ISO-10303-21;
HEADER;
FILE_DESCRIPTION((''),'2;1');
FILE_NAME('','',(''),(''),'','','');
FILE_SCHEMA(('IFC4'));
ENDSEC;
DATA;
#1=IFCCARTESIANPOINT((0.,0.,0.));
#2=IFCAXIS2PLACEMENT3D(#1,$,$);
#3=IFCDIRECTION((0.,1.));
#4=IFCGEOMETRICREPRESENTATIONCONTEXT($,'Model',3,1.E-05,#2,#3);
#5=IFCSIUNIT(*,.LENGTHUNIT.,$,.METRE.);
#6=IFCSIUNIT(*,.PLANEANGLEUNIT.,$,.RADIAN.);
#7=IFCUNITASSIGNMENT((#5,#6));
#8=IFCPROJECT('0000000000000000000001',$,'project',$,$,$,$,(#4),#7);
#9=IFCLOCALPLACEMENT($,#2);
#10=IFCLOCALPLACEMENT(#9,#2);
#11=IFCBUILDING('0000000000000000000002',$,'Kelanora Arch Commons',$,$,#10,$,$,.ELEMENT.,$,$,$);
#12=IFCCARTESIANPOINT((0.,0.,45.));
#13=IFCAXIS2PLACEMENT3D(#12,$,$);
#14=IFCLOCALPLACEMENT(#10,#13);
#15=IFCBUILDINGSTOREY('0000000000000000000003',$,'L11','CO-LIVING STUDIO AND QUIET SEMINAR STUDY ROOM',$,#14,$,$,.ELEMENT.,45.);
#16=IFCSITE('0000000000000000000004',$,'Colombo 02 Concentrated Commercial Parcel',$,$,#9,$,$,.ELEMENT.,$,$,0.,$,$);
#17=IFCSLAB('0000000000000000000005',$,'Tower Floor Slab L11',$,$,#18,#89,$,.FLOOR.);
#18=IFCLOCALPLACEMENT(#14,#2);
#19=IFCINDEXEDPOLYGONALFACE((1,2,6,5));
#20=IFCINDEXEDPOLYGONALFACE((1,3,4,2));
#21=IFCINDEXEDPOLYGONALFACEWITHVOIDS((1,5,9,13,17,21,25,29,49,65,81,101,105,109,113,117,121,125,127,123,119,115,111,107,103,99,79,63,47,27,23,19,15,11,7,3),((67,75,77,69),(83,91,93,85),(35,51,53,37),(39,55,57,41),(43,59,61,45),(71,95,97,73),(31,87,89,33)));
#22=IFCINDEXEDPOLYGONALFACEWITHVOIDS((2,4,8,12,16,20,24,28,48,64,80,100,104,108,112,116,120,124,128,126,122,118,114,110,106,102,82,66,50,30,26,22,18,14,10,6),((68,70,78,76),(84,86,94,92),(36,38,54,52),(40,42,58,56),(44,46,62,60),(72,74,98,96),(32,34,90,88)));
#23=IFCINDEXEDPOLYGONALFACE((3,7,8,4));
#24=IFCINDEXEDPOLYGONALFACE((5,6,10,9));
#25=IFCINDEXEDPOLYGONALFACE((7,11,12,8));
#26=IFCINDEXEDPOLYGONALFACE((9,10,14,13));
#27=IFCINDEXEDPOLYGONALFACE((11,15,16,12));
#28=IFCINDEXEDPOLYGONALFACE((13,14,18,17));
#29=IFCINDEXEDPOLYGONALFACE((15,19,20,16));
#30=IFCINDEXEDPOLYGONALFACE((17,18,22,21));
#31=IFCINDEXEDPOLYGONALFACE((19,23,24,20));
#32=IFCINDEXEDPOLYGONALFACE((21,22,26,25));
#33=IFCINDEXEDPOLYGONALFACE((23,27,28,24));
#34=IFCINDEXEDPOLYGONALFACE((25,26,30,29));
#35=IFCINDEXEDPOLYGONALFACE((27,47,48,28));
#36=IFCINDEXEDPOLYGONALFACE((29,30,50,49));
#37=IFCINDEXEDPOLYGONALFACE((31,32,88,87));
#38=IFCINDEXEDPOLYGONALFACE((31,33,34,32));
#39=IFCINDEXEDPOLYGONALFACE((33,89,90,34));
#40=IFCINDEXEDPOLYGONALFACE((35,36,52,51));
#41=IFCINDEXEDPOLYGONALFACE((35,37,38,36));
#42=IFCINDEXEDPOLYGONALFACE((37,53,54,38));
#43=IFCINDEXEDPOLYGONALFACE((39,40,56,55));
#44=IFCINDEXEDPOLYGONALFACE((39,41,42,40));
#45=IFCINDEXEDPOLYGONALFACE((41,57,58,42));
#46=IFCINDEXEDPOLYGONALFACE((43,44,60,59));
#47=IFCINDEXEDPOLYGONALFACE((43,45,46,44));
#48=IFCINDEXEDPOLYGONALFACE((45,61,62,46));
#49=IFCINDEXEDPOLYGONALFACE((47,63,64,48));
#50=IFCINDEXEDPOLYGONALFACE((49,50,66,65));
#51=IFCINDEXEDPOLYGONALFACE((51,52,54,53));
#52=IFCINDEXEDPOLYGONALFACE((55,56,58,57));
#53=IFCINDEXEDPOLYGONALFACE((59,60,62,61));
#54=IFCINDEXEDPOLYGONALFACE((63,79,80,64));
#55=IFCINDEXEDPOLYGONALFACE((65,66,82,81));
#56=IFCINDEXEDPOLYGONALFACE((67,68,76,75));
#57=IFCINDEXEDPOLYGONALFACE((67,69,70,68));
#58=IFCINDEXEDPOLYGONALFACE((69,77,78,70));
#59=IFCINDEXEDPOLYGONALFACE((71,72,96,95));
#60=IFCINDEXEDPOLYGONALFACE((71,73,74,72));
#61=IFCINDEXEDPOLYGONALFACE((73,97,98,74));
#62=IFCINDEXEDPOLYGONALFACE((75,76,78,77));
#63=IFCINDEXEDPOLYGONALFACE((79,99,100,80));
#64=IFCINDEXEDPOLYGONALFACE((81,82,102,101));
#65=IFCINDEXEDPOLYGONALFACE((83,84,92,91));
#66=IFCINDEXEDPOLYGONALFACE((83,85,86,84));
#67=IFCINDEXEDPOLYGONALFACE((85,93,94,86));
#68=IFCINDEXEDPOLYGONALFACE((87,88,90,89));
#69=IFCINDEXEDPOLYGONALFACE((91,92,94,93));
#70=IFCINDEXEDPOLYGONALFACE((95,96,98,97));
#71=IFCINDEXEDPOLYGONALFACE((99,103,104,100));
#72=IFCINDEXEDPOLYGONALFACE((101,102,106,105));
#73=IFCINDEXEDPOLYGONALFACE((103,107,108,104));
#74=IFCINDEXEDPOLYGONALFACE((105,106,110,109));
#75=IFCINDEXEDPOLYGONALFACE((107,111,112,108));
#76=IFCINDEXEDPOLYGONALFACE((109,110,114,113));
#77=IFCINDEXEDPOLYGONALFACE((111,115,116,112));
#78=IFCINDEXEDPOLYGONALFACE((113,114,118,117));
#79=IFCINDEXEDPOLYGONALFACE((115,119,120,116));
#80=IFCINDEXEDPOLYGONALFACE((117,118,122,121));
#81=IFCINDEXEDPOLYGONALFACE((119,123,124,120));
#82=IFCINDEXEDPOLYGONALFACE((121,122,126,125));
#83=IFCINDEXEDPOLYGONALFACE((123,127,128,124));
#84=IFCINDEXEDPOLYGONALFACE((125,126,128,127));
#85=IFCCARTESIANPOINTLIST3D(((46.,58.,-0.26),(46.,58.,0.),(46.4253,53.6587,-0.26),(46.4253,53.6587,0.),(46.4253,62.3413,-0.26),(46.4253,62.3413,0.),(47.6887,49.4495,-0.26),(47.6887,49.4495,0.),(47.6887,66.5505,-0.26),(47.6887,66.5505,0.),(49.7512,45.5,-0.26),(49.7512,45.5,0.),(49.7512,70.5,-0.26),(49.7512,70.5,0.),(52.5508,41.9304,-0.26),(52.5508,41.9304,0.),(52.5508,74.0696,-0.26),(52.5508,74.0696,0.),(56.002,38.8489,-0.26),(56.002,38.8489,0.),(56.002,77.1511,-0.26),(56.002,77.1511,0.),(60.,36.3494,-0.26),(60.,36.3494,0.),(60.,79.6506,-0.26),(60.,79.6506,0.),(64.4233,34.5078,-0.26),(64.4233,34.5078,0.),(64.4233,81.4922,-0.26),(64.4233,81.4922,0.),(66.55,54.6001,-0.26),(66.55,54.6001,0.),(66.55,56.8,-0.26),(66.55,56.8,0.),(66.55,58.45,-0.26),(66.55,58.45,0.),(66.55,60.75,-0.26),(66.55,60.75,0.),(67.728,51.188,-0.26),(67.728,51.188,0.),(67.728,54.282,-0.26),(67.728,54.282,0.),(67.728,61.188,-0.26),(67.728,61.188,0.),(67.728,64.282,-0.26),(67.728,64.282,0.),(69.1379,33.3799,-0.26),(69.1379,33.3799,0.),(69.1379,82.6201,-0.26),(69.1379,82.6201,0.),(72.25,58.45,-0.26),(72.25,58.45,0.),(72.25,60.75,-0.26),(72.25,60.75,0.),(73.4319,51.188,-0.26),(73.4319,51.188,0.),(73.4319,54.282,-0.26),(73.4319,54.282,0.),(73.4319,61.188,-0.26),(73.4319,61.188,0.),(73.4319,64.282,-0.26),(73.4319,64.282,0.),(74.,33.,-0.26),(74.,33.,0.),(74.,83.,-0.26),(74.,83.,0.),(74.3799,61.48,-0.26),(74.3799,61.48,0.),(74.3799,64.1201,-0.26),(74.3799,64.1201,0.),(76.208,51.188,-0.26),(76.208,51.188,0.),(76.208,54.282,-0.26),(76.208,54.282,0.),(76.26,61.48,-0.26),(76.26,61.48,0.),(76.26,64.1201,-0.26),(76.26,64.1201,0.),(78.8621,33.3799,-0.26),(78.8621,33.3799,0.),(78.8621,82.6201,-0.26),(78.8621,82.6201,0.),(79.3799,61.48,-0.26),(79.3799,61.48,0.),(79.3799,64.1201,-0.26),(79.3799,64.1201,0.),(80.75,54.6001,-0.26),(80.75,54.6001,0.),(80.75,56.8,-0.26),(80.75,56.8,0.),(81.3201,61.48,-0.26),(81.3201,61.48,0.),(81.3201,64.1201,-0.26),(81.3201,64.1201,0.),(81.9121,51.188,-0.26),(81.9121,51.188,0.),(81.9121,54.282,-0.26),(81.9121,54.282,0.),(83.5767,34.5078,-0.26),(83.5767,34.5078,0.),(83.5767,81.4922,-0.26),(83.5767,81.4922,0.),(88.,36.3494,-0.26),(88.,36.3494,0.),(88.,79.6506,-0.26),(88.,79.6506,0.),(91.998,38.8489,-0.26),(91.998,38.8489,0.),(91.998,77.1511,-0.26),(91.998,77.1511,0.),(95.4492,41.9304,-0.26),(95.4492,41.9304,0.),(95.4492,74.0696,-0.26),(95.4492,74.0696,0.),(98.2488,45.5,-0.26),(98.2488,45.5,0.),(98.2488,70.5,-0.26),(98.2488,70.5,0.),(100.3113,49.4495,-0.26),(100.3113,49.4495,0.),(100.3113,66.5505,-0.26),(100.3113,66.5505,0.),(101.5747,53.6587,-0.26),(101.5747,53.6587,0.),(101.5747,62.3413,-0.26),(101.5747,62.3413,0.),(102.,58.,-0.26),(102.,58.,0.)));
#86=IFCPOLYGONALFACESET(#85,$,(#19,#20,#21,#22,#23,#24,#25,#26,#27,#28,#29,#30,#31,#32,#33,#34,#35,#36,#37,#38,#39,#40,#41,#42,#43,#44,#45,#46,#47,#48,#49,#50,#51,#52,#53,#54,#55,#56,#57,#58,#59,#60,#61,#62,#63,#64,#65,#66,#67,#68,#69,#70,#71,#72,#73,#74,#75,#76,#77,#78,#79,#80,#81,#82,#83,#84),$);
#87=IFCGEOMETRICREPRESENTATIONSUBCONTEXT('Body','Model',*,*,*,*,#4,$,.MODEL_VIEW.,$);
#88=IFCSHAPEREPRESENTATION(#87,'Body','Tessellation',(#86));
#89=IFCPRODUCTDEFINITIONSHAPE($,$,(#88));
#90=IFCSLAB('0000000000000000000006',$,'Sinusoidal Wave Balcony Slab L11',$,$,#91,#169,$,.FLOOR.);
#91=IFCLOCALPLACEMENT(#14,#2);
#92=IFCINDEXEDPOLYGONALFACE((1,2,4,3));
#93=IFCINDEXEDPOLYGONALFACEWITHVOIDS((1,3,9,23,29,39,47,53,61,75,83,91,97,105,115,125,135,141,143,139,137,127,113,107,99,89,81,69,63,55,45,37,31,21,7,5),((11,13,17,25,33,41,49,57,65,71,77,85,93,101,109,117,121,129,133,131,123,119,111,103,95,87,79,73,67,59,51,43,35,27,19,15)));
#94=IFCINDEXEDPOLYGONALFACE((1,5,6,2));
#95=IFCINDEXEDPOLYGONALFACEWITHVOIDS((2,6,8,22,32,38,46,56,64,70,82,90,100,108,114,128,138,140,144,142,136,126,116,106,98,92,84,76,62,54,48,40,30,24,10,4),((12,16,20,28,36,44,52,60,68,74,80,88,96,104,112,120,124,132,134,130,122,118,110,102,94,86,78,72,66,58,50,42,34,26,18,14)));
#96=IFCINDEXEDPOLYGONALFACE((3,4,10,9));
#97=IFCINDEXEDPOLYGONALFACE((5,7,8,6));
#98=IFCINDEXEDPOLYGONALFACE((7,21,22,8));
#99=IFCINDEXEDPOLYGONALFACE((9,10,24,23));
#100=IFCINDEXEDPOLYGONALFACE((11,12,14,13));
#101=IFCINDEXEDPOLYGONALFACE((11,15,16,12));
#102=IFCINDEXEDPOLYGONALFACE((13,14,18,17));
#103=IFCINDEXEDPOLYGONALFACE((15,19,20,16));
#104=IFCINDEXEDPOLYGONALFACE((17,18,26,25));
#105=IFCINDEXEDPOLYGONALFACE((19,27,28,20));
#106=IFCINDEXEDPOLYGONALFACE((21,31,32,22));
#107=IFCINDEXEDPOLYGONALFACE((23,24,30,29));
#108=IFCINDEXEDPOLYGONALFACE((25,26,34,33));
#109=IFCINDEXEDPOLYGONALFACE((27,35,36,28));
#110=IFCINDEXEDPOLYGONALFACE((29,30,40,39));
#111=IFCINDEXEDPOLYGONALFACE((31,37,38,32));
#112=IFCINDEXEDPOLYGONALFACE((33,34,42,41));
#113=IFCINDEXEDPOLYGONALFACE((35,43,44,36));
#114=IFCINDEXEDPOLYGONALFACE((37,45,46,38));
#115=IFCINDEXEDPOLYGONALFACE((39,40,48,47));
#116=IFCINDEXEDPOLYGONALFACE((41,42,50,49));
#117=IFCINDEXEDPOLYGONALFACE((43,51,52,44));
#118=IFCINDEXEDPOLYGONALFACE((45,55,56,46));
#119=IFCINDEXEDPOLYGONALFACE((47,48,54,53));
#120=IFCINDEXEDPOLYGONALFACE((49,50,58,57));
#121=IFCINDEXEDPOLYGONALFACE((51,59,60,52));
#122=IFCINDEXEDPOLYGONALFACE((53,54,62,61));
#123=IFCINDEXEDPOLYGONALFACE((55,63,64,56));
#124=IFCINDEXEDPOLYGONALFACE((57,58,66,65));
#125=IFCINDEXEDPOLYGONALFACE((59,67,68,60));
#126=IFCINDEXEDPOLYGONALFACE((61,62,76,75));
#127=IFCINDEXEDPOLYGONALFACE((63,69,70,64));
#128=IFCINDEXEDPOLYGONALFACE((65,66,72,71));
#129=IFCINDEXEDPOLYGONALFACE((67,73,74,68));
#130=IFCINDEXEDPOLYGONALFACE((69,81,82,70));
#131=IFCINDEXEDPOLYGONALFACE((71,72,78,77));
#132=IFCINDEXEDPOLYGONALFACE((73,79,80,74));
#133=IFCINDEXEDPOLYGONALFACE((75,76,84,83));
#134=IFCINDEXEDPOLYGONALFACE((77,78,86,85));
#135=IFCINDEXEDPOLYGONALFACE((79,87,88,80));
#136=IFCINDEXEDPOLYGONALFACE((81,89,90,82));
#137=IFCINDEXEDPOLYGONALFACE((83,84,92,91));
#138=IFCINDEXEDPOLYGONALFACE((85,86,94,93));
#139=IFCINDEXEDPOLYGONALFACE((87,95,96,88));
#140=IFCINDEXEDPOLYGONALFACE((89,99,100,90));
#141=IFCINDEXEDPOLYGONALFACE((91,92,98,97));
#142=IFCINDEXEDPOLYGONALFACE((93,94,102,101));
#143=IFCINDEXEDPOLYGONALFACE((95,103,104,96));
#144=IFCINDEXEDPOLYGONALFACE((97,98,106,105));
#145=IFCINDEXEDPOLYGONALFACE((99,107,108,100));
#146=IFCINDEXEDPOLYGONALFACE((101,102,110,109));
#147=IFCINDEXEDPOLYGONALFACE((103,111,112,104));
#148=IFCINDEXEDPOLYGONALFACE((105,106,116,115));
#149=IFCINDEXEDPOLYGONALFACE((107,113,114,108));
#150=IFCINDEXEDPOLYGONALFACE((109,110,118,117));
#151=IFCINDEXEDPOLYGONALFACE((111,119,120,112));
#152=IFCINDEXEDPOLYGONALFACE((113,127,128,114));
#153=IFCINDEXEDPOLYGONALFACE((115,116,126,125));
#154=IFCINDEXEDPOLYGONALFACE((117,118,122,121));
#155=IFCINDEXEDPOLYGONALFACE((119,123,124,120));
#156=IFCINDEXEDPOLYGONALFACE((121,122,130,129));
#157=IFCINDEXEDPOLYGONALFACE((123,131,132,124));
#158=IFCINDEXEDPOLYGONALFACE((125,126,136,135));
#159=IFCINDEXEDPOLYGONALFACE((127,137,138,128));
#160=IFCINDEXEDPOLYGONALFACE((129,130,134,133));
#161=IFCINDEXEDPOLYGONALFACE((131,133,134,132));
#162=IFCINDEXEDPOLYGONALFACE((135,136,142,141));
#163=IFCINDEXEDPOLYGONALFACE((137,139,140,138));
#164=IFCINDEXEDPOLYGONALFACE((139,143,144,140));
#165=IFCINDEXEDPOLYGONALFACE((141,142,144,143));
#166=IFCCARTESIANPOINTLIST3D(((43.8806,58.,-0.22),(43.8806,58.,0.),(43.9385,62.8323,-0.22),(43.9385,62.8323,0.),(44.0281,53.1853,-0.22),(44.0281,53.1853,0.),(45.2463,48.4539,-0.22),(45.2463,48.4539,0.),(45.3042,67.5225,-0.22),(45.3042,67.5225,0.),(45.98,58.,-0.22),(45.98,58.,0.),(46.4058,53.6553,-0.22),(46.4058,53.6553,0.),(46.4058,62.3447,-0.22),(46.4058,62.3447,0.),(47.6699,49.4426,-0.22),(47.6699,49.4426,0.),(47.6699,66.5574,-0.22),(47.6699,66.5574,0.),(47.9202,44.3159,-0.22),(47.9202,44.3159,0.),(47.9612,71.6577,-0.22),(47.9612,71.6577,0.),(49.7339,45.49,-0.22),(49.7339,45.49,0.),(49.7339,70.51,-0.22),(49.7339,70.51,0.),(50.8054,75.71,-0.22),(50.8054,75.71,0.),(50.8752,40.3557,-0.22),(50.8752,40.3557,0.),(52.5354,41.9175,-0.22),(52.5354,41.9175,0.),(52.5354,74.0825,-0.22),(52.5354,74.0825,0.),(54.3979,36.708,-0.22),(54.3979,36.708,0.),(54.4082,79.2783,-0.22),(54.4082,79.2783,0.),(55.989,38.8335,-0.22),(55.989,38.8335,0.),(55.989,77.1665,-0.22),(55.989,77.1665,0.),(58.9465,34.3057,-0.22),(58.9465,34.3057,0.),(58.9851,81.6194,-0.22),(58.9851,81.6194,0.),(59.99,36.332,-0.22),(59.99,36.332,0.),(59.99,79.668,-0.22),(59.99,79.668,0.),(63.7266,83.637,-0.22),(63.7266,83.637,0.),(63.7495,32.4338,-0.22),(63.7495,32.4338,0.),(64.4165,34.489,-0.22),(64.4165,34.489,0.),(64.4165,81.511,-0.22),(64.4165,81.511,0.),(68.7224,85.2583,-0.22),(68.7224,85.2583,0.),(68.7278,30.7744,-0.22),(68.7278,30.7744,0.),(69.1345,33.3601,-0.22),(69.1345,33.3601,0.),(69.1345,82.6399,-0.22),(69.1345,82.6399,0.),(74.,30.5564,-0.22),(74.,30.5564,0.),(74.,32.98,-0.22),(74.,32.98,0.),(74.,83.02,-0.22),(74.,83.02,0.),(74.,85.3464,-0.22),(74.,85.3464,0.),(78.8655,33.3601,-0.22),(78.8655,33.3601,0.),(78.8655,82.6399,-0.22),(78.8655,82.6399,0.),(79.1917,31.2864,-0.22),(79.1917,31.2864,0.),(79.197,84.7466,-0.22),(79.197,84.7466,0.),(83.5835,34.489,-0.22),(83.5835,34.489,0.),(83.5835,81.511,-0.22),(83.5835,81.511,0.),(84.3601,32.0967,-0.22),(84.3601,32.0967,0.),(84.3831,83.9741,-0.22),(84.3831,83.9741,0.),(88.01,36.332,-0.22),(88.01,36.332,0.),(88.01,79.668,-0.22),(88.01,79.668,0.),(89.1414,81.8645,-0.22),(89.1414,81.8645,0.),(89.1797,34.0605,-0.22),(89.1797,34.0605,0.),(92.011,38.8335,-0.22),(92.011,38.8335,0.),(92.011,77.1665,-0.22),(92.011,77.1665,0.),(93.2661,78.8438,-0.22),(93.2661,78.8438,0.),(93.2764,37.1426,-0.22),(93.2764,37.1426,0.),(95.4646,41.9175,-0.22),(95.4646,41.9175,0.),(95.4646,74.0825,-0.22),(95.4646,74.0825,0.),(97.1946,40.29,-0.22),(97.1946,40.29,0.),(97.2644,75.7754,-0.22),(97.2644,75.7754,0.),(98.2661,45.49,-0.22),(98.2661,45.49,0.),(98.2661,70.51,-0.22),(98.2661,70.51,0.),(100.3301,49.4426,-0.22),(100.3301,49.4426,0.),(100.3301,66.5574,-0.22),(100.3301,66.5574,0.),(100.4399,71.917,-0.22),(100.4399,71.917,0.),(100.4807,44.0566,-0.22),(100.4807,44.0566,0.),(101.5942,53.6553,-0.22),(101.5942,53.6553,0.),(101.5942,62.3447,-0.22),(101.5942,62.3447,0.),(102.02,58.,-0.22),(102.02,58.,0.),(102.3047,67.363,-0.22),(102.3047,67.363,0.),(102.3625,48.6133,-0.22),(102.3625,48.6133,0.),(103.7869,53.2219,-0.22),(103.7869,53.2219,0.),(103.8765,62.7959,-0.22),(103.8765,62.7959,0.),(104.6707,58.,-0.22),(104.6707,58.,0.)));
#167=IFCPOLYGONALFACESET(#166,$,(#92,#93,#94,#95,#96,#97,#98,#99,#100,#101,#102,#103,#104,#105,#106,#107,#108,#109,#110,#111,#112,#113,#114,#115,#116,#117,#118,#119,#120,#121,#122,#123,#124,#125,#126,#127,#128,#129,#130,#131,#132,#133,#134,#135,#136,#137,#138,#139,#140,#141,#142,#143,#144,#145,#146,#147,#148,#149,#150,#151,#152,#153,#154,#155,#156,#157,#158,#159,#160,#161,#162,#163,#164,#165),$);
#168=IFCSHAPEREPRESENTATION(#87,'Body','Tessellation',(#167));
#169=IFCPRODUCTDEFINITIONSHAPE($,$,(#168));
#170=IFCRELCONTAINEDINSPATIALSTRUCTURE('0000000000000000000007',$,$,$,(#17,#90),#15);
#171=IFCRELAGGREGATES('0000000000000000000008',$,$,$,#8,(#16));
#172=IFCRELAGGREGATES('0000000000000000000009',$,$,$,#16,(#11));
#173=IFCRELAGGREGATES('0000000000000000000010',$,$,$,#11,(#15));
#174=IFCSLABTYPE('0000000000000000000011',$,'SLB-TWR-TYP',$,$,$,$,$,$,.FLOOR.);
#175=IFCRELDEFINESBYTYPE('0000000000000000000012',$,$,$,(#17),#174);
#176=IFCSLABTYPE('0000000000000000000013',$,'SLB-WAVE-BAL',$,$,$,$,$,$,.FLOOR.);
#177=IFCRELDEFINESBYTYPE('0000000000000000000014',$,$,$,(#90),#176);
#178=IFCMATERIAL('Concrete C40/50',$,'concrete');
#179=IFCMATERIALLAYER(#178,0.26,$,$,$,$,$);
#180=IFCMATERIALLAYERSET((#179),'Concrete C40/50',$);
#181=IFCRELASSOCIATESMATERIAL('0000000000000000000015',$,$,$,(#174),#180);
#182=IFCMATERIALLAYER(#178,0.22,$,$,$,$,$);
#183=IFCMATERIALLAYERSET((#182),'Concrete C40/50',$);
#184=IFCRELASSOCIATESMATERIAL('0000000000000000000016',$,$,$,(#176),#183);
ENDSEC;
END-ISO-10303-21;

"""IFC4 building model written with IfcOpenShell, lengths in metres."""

from ifc_helpers import new_model, si_unit, direction, frame, origin, place, context, subcontext, project, spatial, polyline, outline, extrude, material, layer, layer_set, type_object, element, save


model = new_model("IFC4")

# Units and contexts
model_context = context("Model", 3, precision=1e-05, world=origin(), true_north=direction((0.0, 1.0)))
body_context = subcontext(model_context, "Body", "Model", "MODEL_VIEW")
ifc_project = project(units=[si_unit("LENGTHUNIT", "METRE"), si_unit("PLANEANGLEUNIT", "RADIAN")], contexts=[model_context])

# Site, building, storey
site_placement = place(None, origin())
site = spatial("IfcSite", under=ifc_project, at=site_placement, Name="Colombo 02 Concentrated Commercial Parcel", CompositionType="ELEMENT", RefElevation=0.0)
building_placement = place(site_placement, origin())
building = spatial("IfcBuilding", under=site, at=building_placement, Name="Kelanora Arch Commons", CompositionType="ELEMENT")
storey_placement = place(building_placement, frame((0.0, 0.0, 45.0)))
storey = spatial("IfcBuildingStorey", under=building, at=storey_placement, Name="L11", Description="CO-LIVING STUDIO AND QUIET SEMINAR STUDY ROOM", CompositionType="ELEMENT", Elevation=45.0)

# Shared definitions
ifc_material_1 = material(Name="Concrete C40/50", Category="concrete")

# Slabs
ifc_layer_1 = layer(ifc_material_1, 0.26)
ifc_layer_set_1 = layer_set([ifc_layer_1], Name="Concrete C40/50")
slab_type_1 = type_object("IfcSlabType", Name="SLB-TWR-TYP", PredefinedType="FLOOR", material=ifc_layer_set_1)
slab_1_placement = place(storey_placement, frame((0.0, 0.0, -0.26)))
element("IfcSlab", 1, at=slab_1_placement, inside=storey, type_object=slab_type_1, Name="Tower Floor Slab L11", PredefinedType="FLOOR", context=body_context, shape_type="SweptSolid", body=[
    extrude(outline(polyline([(102.0, 58.0), (101.5747, 62.3413), (100.3113, 66.5505), (98.2488, 70.5), (95.4492, 74.0696), (91.998, 77.1511), (88.0, 79.6506), (83.5767, 81.4922), (78.8621, 82.6201), (74.0, 83.0), (69.1379, 82.6201), (64.4233, 81.4922), (60.0, 79.6506), (56.002, 77.1511), (52.5508, 74.0696), (49.7512, 70.5), (47.6887, 66.5505), (46.4253, 62.3413), (46.0, 58.0), (46.4253, 53.6587), (47.6887, 49.4495), (49.7512, 45.5), (52.5508, 41.9304), (56.002, 38.8489), (60.0, 36.3494), (64.4233, 34.5078), (69.1379, 33.3799), (74.0, 33.0), (78.8621, 33.3799), (83.5767, 34.5078), (88.0, 36.3494), (91.998, 38.8489), (95.4492, 41.9304), (98.2488, 45.5), (100.3113, 49.4495), (101.5747, 53.6587), (102.0, 58.0)]), holes=[polyline([(73.4319, 51.188), (67.728, 51.188), (67.728, 54.282), (73.4319, 54.282), (73.4319, 51.188)]), polyline([(76.208, 51.188), (76.208, 54.282), (81.9121, 54.282), (81.9121, 51.188), (76.208, 51.188)]), polyline([(66.55, 54.6001), (66.55, 56.8), (80.75, 56.8), (80.75, 54.6001), (66.55, 54.6001)]), polyline([(66.55, 58.45), (66.55, 60.75), (72.25, 60.75), (72.25, 58.45), (66.55, 58.45)]), polyline([(67.728, 61.188), (67.728, 64.282), (73.4319, 64.282), (73.4319, 61.188), (67.728, 61.188)]), polyline([(74.3799, 61.48), (74.3799, 64.1201), (76.26, 64.1201), (76.26, 61.48), (74.3799, 61.48)]), polyline([(79.3799, 61.48), (79.3799, 64.1201), (81.3201, 64.1201), (81.3201, 61.48), (79.3799, 61.48)])]), origin(), (0.0, 0.0, 1.0), 0.26),
])
ifc_layer_2 = layer(ifc_material_1, 0.22)
ifc_layer_set_2 = layer_set([ifc_layer_2], Name="Concrete C40/50")
slab_type_2 = type_object("IfcSlabType", Name="SLB-WAVE-BAL", PredefinedType="FLOOR", material=ifc_layer_set_2)
slab_2_placement = place(storey_placement, frame((0.0, 0.0, -0.22)))
element("IfcSlab", 2, at=slab_2_placement, inside=storey, type_object=slab_type_2, Name="Sinusoidal Wave Balcony Slab L11", PredefinedType="FLOOR", context=body_context, shape_type="SweptSolid", body=[
    extrude(outline(polyline([(104.6707, 58.0), (103.8765, 62.7959), (102.3047, 67.363), (100.4399, 71.917), (97.2644, 75.7754), (93.2661, 78.8438), (89.1414, 81.8645), (84.3831, 83.9741), (79.197, 84.7466), (74.0, 85.3464), (68.7224, 85.2583), (63.7266, 83.637), (58.9851, 81.6194), (54.4082, 79.2783), (50.8054, 75.71), (47.9612, 71.6577), (45.3042, 67.5225), (43.9385, 62.8323), (43.8806, 58.0), (44.0281, 53.1853), (45.2463, 48.4539), (47.9202, 44.3159), (50.8752, 40.3557), (54.3979, 36.708), (58.9465, 34.3057), (63.7495, 32.4338), (68.7278, 30.7744), (74.0, 30.5564), (79.1917, 31.2864), (84.3601, 32.0967), (89.1797, 34.0605), (93.2764, 37.1426), (97.1946, 40.29), (100.4807, 44.0566), (102.3625, 48.6133), (103.7869, 53.2219), (104.6707, 58.0)]), holes=[polyline([(101.5942, 53.6553), (100.3301, 49.4426), (98.2661, 45.49), (95.4646, 41.9175), (92.011, 38.8335), (88.01, 36.332), (83.5835, 34.489), (78.8655, 33.3601), (74.0, 32.98), (69.1345, 33.3601), (64.4165, 34.489), (59.99, 36.332), (55.989, 38.8335), (52.5354, 41.9175), (49.7339, 45.49), (47.6699, 49.4426), (46.4058, 53.6553), (45.98, 58.0), (46.4058, 62.3447), (47.6699, 66.5574), (49.7339, 70.51), (52.5354, 74.0825), (55.989, 77.1665), (59.99, 79.668), (64.4165, 81.511), (69.1345, 82.6399), (74.0, 83.02), (78.8655, 82.6399), (83.5835, 81.511), (88.01, 79.668), (92.011, 77.1665), (95.4646, 74.0825), (98.2661, 70.51), (100.3301, 66.5574), (101.5942, 62.3447), (102.02, 58.0), (101.5942, 53.6553)])]), origin(), (0.0, 0.0, 1.0), 0.22),
])

save(model, "model.ifc")
